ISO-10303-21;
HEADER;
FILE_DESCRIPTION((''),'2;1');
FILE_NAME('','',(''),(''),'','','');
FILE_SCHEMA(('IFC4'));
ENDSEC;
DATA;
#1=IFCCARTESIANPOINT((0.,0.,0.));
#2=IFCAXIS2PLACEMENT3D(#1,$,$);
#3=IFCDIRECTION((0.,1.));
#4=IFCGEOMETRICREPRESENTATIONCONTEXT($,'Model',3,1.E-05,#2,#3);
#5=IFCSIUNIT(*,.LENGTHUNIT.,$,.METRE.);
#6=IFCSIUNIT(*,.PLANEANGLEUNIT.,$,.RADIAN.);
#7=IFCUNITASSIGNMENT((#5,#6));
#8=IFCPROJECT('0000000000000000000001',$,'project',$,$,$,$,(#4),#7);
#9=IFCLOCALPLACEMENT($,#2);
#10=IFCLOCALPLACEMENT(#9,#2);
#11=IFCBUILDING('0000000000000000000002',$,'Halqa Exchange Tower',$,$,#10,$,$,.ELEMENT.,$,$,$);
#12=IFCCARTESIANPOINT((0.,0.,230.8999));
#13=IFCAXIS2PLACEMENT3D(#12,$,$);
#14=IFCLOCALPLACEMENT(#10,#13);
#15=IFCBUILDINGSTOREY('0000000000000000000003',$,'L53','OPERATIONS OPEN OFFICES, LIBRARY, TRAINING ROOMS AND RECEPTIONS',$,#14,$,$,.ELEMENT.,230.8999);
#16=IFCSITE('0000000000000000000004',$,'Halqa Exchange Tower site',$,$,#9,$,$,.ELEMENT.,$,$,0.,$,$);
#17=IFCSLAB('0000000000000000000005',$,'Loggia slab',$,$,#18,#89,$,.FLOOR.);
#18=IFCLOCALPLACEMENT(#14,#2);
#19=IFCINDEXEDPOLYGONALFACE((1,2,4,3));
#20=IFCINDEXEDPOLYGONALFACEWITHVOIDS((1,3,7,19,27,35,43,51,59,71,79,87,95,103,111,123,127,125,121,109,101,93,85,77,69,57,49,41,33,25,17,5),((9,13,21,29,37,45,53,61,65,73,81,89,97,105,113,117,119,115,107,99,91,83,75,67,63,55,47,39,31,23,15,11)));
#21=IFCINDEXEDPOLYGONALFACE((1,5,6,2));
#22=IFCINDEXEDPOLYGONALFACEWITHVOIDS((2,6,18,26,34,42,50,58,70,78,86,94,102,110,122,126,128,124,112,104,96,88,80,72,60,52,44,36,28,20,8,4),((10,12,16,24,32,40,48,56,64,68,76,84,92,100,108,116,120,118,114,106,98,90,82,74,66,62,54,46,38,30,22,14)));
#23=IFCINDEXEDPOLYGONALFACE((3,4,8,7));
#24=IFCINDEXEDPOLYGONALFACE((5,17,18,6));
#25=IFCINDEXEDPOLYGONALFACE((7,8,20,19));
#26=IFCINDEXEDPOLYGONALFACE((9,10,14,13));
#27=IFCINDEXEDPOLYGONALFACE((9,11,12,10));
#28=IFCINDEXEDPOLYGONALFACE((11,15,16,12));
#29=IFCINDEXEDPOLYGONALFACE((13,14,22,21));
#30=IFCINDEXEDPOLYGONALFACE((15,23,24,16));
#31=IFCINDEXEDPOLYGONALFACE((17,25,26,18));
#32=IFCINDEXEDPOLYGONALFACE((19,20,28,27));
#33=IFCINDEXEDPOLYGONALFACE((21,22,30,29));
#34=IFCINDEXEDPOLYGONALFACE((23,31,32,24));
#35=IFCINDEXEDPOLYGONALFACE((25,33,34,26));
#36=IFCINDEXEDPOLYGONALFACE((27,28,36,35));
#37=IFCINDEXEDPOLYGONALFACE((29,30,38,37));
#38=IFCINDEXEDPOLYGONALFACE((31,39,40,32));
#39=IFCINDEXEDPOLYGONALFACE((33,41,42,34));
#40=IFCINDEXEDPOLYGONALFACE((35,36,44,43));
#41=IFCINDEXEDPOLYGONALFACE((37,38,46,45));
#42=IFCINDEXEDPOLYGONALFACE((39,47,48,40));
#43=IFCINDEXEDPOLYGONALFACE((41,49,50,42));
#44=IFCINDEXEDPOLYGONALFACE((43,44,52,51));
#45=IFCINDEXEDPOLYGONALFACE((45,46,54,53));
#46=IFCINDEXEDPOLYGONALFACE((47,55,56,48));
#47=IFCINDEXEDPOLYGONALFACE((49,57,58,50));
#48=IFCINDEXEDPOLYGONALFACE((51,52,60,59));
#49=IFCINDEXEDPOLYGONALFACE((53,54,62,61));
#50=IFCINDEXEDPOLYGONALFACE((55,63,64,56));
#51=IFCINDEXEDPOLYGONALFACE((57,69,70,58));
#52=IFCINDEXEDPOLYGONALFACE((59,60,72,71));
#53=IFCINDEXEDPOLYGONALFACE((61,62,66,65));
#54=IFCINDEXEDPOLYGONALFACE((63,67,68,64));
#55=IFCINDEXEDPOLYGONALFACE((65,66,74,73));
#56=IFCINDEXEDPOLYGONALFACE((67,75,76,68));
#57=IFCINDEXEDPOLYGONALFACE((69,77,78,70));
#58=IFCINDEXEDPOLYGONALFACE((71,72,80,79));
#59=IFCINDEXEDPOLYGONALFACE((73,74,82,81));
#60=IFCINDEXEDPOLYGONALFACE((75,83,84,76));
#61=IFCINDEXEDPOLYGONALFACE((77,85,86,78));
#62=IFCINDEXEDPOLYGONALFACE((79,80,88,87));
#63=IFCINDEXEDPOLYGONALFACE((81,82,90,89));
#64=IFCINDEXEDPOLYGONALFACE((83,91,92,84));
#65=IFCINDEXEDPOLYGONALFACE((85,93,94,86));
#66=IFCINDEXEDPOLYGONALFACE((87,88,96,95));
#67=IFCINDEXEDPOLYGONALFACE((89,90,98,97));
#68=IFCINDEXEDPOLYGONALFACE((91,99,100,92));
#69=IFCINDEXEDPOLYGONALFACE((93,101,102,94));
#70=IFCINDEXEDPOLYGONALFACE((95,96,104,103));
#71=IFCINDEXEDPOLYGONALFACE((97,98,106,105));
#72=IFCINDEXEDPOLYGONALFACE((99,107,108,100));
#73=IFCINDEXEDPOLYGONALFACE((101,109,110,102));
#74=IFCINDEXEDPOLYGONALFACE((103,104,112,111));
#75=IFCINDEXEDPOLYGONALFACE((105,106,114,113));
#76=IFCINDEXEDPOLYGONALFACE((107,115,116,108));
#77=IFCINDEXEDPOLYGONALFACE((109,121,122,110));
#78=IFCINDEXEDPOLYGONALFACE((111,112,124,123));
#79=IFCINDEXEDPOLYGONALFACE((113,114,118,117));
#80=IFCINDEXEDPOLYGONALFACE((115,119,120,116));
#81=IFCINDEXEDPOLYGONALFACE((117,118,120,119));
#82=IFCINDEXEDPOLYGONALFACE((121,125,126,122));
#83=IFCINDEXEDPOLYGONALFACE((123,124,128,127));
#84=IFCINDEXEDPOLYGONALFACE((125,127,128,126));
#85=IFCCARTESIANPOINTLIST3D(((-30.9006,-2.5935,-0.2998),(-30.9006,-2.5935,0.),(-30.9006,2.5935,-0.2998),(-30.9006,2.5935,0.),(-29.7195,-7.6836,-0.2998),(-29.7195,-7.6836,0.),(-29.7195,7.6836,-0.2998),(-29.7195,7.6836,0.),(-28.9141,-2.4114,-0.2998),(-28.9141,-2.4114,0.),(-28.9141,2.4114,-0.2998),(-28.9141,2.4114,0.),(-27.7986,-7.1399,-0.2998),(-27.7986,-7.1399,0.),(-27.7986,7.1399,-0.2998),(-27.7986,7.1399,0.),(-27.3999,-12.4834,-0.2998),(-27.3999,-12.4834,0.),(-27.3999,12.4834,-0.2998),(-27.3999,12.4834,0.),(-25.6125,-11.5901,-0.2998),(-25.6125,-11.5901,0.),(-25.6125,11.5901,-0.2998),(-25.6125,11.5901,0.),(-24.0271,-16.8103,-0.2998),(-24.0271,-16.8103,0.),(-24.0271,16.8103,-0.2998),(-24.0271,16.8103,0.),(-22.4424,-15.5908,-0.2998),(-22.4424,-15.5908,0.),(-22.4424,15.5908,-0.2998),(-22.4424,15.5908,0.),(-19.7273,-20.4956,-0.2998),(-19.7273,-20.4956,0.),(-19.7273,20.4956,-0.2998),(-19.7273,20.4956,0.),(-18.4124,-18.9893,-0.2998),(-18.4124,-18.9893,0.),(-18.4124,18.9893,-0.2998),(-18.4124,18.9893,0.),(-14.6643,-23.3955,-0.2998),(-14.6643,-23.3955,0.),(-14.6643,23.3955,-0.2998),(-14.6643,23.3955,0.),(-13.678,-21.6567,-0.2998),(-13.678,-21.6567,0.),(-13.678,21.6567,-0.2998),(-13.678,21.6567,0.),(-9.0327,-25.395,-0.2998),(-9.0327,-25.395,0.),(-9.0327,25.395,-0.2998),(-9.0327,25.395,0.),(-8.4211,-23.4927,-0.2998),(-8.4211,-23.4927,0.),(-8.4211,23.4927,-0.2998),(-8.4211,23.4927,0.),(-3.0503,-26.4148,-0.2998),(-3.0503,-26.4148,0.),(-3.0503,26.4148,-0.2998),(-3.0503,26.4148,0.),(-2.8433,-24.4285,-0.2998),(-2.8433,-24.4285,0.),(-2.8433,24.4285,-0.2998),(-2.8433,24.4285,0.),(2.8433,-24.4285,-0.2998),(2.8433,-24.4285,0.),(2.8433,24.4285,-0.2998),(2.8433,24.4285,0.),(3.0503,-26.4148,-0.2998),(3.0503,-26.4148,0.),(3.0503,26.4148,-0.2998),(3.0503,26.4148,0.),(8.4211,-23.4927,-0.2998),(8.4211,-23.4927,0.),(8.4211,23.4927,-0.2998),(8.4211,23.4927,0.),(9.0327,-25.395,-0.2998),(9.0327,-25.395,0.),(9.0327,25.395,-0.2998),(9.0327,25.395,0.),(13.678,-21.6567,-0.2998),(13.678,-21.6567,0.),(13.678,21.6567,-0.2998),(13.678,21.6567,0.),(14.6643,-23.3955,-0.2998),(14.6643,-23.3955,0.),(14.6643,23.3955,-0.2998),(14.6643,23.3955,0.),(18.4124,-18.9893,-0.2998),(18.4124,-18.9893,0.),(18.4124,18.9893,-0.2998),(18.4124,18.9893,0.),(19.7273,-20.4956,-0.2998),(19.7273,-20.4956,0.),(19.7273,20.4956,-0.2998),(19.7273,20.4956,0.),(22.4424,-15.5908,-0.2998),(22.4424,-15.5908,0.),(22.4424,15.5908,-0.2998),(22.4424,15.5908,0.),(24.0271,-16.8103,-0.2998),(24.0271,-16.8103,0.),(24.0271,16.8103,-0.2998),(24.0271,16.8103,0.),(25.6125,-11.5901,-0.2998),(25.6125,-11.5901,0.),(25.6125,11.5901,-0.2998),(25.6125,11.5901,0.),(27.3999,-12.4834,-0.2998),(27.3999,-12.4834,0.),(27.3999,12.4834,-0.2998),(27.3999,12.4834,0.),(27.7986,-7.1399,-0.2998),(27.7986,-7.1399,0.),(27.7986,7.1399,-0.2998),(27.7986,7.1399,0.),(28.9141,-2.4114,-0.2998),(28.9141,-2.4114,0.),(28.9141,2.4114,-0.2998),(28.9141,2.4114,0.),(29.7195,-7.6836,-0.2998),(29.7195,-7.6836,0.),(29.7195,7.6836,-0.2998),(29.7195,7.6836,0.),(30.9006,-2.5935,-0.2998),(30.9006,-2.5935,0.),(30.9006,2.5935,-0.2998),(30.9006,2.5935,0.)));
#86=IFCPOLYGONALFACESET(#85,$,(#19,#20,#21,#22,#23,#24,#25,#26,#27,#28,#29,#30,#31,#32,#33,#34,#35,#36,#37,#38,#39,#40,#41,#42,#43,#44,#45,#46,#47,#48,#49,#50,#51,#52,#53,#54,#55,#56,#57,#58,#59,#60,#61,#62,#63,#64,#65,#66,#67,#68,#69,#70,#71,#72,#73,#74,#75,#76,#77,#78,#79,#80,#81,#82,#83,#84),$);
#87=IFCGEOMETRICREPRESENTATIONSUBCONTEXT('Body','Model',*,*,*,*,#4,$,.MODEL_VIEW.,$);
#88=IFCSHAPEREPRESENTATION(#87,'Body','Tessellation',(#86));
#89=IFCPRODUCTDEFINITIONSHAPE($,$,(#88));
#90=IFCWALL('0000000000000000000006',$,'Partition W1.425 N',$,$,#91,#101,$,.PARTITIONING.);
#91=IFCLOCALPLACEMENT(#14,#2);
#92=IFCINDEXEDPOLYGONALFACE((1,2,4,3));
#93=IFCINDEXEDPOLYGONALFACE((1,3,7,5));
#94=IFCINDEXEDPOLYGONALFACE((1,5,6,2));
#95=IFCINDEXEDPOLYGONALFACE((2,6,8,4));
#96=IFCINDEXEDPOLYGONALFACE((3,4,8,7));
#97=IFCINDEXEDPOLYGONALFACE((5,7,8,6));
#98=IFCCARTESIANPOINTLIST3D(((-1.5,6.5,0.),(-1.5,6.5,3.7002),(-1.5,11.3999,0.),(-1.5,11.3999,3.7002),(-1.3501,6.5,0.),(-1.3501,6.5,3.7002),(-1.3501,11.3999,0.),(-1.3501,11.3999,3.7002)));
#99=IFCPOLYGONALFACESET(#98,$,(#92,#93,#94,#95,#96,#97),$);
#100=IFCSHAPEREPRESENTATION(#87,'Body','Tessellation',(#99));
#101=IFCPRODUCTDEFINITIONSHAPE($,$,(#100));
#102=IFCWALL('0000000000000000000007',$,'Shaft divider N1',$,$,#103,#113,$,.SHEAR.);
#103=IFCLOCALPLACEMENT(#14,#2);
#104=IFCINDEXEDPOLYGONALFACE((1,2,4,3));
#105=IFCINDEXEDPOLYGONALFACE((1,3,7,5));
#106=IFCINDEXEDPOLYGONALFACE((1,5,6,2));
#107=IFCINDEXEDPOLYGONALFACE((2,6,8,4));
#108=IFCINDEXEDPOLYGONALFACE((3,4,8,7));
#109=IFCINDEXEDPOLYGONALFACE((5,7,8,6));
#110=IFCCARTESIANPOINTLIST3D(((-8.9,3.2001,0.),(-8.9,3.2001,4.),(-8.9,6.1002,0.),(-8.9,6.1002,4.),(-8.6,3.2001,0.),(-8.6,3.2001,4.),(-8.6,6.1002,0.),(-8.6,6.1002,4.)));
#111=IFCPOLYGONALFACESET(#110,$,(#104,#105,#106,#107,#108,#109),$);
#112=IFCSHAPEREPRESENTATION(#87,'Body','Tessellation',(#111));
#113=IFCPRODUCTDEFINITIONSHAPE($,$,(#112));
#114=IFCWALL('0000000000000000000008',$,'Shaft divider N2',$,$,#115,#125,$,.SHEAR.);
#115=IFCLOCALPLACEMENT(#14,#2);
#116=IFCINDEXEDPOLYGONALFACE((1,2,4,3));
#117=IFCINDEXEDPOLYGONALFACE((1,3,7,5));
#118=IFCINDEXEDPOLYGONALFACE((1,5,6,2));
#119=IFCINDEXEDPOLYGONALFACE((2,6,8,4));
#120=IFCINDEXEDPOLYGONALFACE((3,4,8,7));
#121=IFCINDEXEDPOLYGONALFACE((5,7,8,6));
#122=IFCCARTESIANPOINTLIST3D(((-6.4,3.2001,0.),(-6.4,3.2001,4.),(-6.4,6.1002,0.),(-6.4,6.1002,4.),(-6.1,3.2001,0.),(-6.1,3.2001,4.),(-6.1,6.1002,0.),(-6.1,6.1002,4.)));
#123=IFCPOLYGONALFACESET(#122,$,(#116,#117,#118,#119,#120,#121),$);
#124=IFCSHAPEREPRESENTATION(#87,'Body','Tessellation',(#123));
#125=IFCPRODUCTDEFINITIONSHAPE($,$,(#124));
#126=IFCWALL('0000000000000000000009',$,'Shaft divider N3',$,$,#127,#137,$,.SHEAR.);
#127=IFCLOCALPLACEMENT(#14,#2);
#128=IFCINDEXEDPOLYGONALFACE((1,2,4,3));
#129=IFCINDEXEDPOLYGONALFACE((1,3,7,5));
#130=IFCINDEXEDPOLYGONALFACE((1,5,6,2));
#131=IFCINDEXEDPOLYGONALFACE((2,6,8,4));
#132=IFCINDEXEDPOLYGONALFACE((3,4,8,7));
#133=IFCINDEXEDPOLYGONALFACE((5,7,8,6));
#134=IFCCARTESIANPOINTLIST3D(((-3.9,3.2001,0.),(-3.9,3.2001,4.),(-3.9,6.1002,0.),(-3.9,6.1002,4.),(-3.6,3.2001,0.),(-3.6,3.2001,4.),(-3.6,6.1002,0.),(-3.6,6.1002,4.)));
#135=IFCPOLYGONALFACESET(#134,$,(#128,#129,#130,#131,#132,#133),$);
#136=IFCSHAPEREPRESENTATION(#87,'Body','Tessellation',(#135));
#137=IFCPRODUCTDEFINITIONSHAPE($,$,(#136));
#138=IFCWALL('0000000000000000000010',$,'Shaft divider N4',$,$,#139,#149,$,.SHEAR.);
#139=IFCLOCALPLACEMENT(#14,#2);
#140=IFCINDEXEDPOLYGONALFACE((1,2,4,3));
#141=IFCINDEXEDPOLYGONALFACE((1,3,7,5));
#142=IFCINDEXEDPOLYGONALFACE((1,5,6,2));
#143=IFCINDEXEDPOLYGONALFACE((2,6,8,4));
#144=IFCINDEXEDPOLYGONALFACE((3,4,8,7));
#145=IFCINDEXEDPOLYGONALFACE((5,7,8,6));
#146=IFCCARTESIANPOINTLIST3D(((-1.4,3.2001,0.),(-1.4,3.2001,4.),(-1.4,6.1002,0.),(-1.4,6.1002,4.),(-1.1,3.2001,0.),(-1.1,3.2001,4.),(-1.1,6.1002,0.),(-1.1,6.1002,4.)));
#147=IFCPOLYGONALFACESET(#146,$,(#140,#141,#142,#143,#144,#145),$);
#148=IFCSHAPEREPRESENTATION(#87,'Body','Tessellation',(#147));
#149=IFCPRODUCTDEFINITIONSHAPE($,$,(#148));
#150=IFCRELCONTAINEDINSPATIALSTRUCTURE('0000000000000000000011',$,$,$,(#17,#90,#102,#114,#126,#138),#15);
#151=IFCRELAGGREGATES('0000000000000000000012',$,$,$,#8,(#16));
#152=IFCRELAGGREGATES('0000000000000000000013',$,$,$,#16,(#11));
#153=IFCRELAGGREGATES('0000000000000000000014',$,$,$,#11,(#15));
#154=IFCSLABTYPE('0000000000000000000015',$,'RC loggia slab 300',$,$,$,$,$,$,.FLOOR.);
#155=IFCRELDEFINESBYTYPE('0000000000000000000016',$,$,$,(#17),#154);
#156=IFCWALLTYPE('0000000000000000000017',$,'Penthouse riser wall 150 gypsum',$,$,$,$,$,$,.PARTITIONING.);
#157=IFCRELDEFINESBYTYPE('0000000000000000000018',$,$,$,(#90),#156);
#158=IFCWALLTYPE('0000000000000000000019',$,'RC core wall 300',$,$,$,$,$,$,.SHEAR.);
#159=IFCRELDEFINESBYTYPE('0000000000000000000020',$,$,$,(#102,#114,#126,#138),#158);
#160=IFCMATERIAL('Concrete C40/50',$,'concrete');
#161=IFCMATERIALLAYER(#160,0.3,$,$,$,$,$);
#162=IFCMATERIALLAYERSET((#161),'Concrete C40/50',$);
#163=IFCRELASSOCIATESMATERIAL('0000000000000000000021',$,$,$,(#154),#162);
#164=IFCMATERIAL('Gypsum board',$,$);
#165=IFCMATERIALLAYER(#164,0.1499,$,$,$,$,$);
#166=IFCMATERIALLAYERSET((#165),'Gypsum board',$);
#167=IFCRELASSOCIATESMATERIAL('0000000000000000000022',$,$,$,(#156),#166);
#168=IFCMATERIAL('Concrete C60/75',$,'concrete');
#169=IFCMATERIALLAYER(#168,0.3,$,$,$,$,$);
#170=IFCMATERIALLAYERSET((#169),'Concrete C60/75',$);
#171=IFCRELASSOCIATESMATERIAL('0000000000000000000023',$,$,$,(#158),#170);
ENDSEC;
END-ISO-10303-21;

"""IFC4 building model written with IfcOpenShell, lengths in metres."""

from ifc_helpers import new_model, si_unit, direction, frame, frame_2d, origin, place, context, subcontext, project, spatial, polyline, rectangle, outline, extrude, material, layer, layer_set, type_object, element, save


model = new_model("IFC4")

# Units and contexts
model_context = context("Model", 3, precision=1e-05, world=origin(), true_north=direction((0.0, 1.0)))
body_context = subcontext(model_context, "Body", "Model", "MODEL_VIEW")
ifc_project = project(units=[si_unit("LENGTHUNIT", "METRE"), si_unit("PLANEANGLEUNIT", "RADIAN")], contexts=[model_context])

# Site, building, storey
site_placement = place(None, origin())
site = spatial("IfcSite", under=ifc_project, at=site_placement, Name="Halqa Exchange Tower site", CompositionType="ELEMENT", RefElevation=0.0)
building_placement = place(site_placement, origin())
building = spatial("IfcBuilding", under=site, at=building_placement, Name="Halqa Exchange Tower", CompositionType="ELEMENT")
storey_placement = place(building_placement, frame((0.0, 0.0, 230.8999)))
storey = spatial("IfcBuildingStorey", under=building, at=storey_placement, Name="L53", Description="OPERATIONS OPEN OFFICES, LIBRARY, TRAINING ROOMS AND RECEPTIONS", CompositionType="ELEMENT", Elevation=230.8999)

# Slab
ifc_material_1 = material(Name="Concrete C60/75", Category="concrete")
ifc_material_2 = material(Name="Concrete C40/50", Category="concrete")
ifc_layer_1 = layer(ifc_material_2, 0.3)
ifc_layer_set_1 = layer_set([ifc_layer_1], Name="Concrete C40/50")
slab_type_1 = type_object("IfcSlabType", Name="RC loggia slab 300", PredefinedType="FLOOR", material=ifc_layer_set_1)
slab_1_placement = place(storey_placement, frame((0.0, 0.0, -0.2998)))
element("IfcSlab", 1, at=slab_1_placement, inside=storey, type_object=slab_type_1, Name="Loggia slab", PredefinedType="FLOOR", context=body_context, shape_type="SweptSolid", body=[
    extrude(outline(polyline([(30.9006, 2.5935), (30.9006, -2.5935), (29.7195, -7.6836), (27.3999, -12.4834), (24.0271, -16.8103), (19.7273, -20.4956), (14.6643, -23.3955), (9.0327, -25.395), (3.0503, -26.4148), (-3.0503, -26.4148), (-9.0327, -25.395), (-14.6643, -23.3955), (-19.7273, -20.4956), (-24.0271, -16.8103), (-27.3999, -12.4834), (-29.7195, -7.6836), (-30.9006, -2.5935), (-30.9006, 2.5935), (-29.7195, 7.6836), (-27.3999, 12.4834), (-24.0271, 16.8103), (-19.7273, 20.4956), (-14.6643, 23.3955), (-9.0327, 25.395), (-3.0503, 26.4148), (3.0503, 26.4148), (9.0327, 25.395), (14.6643, 23.3955), (19.7273, 20.4956), (24.0271, 16.8103), (27.3999, 12.4834), (29.7195, 7.6836), (30.9006, 2.5935)]), holes=[polyline([(28.9141, 2.4114), (27.7986, 7.1399), (25.6125, 11.5901), (22.4424, 15.5908), (18.4124, 18.9893), (13.678, 21.6567), (8.4211, 23.4927), (2.8433, 24.4285), (-2.8433, 24.4285), (-8.4211, 23.4927), (-13.678, 21.6567), (-18.4124, 18.9893), (-22.4424, 15.5908), (-25.6125, 11.5901), (-27.7986, 7.1399), (-28.9141, 2.4114), (-28.9141, -2.4114), (-27.7986, -7.1399), (-25.6125, -11.5901), (-22.4424, -15.5908), (-18.4124, -18.9893), (-13.678, -21.6567), (-8.4211, -23.4927), (-2.8433, -24.4285), (2.8433, -24.4285), (8.4211, -23.4927), (13.678, -21.6567), (18.4124, -18.9893), (22.4424, -15.5908), (25.6125, -11.5901), (27.7986, -7.1399), (28.9141, -2.4114), (28.9141, 2.4114)])]), origin(), (0.0, 0.0, 1.0), 0.2998),
])

# Walls
ifc_material_3 = material(Name="Gypsum board")
ifc_layer_2 = layer(ifc_material_3, 0.1499)
ifc_layer_set_2 = layer_set([ifc_layer_2], Name="Gypsum board")
wall_type_1 = type_object("IfcWallType", Name="Penthouse riser wall 150 gypsum", PredefinedType="PARTITIONING", material=ifc_layer_set_2)
wall_1_placement = place(storey_placement, frame((-1.425, 6.5, 0.0), z_axis=(0.0, 0.0, 1.0), x_axis=(0.0, 1.0, 0.0)))
element("IfcWall", 2, at=wall_1_placement, inside=storey, type_object=wall_type_1, Name="Partition W1.425 N", PredefinedType="PARTITIONING", context=body_context, shape_type="SweptSolid", body=[
    extrude(rectangle(XDim=4.8999, YDim=0.1499, at=frame_2d((2.45, 0.0))), origin(), (0.0, 0.0, 1.0), 3.7002),
])
ifc_layer_3 = layer(ifc_material_1, 0.3)
ifc_layer_set_3 = layer_set([ifc_layer_3], Name="Concrete C60/75")
wall_type_2 = type_object("IfcWallType", Name="RC core wall 300", PredefinedType="SHEAR", material=ifc_layer_set_3)
for number, where, z_axis, x_axis, name in (
    (3, (-8.75, 3.2, 0.0), (0.0, 0.0, 1.0), (0.0, 1.0, 0.0), "Shaft divider N1"),
    (4, (-6.25, 3.2, 0.0), (0.0, 0.0, 1.0), (0.0, 1.0, 0.0), "Shaft divider N2"),
    (5, (-3.75, 3.2, 0.0), (0.0, 0.0, 1.0), (0.0, 1.0, 0.0), "Shaft divider N3"),
    (6, (-1.25, 3.2, 0.0), (0.0, 0.0, 1.0), (0.0, 1.0, 0.0), "Shaft divider N4"),
):
    element("IfcWall", number, at=place(storey_placement, frame(where, z_axis=z_axis, x_axis=x_axis)), inside=storey, type_object=wall_type_2, Name=name, PredefinedType="SHEAR", context=body_context, shape_type="SweptSolid", body=[
        extrude(rectangle(XDim=2.9001, YDim=0.3, at=frame_2d((1.4502, 0.0))), origin(), (0.0, 0.0, 1.0), 4.0),
    ])

save(model, "model.ifc")
